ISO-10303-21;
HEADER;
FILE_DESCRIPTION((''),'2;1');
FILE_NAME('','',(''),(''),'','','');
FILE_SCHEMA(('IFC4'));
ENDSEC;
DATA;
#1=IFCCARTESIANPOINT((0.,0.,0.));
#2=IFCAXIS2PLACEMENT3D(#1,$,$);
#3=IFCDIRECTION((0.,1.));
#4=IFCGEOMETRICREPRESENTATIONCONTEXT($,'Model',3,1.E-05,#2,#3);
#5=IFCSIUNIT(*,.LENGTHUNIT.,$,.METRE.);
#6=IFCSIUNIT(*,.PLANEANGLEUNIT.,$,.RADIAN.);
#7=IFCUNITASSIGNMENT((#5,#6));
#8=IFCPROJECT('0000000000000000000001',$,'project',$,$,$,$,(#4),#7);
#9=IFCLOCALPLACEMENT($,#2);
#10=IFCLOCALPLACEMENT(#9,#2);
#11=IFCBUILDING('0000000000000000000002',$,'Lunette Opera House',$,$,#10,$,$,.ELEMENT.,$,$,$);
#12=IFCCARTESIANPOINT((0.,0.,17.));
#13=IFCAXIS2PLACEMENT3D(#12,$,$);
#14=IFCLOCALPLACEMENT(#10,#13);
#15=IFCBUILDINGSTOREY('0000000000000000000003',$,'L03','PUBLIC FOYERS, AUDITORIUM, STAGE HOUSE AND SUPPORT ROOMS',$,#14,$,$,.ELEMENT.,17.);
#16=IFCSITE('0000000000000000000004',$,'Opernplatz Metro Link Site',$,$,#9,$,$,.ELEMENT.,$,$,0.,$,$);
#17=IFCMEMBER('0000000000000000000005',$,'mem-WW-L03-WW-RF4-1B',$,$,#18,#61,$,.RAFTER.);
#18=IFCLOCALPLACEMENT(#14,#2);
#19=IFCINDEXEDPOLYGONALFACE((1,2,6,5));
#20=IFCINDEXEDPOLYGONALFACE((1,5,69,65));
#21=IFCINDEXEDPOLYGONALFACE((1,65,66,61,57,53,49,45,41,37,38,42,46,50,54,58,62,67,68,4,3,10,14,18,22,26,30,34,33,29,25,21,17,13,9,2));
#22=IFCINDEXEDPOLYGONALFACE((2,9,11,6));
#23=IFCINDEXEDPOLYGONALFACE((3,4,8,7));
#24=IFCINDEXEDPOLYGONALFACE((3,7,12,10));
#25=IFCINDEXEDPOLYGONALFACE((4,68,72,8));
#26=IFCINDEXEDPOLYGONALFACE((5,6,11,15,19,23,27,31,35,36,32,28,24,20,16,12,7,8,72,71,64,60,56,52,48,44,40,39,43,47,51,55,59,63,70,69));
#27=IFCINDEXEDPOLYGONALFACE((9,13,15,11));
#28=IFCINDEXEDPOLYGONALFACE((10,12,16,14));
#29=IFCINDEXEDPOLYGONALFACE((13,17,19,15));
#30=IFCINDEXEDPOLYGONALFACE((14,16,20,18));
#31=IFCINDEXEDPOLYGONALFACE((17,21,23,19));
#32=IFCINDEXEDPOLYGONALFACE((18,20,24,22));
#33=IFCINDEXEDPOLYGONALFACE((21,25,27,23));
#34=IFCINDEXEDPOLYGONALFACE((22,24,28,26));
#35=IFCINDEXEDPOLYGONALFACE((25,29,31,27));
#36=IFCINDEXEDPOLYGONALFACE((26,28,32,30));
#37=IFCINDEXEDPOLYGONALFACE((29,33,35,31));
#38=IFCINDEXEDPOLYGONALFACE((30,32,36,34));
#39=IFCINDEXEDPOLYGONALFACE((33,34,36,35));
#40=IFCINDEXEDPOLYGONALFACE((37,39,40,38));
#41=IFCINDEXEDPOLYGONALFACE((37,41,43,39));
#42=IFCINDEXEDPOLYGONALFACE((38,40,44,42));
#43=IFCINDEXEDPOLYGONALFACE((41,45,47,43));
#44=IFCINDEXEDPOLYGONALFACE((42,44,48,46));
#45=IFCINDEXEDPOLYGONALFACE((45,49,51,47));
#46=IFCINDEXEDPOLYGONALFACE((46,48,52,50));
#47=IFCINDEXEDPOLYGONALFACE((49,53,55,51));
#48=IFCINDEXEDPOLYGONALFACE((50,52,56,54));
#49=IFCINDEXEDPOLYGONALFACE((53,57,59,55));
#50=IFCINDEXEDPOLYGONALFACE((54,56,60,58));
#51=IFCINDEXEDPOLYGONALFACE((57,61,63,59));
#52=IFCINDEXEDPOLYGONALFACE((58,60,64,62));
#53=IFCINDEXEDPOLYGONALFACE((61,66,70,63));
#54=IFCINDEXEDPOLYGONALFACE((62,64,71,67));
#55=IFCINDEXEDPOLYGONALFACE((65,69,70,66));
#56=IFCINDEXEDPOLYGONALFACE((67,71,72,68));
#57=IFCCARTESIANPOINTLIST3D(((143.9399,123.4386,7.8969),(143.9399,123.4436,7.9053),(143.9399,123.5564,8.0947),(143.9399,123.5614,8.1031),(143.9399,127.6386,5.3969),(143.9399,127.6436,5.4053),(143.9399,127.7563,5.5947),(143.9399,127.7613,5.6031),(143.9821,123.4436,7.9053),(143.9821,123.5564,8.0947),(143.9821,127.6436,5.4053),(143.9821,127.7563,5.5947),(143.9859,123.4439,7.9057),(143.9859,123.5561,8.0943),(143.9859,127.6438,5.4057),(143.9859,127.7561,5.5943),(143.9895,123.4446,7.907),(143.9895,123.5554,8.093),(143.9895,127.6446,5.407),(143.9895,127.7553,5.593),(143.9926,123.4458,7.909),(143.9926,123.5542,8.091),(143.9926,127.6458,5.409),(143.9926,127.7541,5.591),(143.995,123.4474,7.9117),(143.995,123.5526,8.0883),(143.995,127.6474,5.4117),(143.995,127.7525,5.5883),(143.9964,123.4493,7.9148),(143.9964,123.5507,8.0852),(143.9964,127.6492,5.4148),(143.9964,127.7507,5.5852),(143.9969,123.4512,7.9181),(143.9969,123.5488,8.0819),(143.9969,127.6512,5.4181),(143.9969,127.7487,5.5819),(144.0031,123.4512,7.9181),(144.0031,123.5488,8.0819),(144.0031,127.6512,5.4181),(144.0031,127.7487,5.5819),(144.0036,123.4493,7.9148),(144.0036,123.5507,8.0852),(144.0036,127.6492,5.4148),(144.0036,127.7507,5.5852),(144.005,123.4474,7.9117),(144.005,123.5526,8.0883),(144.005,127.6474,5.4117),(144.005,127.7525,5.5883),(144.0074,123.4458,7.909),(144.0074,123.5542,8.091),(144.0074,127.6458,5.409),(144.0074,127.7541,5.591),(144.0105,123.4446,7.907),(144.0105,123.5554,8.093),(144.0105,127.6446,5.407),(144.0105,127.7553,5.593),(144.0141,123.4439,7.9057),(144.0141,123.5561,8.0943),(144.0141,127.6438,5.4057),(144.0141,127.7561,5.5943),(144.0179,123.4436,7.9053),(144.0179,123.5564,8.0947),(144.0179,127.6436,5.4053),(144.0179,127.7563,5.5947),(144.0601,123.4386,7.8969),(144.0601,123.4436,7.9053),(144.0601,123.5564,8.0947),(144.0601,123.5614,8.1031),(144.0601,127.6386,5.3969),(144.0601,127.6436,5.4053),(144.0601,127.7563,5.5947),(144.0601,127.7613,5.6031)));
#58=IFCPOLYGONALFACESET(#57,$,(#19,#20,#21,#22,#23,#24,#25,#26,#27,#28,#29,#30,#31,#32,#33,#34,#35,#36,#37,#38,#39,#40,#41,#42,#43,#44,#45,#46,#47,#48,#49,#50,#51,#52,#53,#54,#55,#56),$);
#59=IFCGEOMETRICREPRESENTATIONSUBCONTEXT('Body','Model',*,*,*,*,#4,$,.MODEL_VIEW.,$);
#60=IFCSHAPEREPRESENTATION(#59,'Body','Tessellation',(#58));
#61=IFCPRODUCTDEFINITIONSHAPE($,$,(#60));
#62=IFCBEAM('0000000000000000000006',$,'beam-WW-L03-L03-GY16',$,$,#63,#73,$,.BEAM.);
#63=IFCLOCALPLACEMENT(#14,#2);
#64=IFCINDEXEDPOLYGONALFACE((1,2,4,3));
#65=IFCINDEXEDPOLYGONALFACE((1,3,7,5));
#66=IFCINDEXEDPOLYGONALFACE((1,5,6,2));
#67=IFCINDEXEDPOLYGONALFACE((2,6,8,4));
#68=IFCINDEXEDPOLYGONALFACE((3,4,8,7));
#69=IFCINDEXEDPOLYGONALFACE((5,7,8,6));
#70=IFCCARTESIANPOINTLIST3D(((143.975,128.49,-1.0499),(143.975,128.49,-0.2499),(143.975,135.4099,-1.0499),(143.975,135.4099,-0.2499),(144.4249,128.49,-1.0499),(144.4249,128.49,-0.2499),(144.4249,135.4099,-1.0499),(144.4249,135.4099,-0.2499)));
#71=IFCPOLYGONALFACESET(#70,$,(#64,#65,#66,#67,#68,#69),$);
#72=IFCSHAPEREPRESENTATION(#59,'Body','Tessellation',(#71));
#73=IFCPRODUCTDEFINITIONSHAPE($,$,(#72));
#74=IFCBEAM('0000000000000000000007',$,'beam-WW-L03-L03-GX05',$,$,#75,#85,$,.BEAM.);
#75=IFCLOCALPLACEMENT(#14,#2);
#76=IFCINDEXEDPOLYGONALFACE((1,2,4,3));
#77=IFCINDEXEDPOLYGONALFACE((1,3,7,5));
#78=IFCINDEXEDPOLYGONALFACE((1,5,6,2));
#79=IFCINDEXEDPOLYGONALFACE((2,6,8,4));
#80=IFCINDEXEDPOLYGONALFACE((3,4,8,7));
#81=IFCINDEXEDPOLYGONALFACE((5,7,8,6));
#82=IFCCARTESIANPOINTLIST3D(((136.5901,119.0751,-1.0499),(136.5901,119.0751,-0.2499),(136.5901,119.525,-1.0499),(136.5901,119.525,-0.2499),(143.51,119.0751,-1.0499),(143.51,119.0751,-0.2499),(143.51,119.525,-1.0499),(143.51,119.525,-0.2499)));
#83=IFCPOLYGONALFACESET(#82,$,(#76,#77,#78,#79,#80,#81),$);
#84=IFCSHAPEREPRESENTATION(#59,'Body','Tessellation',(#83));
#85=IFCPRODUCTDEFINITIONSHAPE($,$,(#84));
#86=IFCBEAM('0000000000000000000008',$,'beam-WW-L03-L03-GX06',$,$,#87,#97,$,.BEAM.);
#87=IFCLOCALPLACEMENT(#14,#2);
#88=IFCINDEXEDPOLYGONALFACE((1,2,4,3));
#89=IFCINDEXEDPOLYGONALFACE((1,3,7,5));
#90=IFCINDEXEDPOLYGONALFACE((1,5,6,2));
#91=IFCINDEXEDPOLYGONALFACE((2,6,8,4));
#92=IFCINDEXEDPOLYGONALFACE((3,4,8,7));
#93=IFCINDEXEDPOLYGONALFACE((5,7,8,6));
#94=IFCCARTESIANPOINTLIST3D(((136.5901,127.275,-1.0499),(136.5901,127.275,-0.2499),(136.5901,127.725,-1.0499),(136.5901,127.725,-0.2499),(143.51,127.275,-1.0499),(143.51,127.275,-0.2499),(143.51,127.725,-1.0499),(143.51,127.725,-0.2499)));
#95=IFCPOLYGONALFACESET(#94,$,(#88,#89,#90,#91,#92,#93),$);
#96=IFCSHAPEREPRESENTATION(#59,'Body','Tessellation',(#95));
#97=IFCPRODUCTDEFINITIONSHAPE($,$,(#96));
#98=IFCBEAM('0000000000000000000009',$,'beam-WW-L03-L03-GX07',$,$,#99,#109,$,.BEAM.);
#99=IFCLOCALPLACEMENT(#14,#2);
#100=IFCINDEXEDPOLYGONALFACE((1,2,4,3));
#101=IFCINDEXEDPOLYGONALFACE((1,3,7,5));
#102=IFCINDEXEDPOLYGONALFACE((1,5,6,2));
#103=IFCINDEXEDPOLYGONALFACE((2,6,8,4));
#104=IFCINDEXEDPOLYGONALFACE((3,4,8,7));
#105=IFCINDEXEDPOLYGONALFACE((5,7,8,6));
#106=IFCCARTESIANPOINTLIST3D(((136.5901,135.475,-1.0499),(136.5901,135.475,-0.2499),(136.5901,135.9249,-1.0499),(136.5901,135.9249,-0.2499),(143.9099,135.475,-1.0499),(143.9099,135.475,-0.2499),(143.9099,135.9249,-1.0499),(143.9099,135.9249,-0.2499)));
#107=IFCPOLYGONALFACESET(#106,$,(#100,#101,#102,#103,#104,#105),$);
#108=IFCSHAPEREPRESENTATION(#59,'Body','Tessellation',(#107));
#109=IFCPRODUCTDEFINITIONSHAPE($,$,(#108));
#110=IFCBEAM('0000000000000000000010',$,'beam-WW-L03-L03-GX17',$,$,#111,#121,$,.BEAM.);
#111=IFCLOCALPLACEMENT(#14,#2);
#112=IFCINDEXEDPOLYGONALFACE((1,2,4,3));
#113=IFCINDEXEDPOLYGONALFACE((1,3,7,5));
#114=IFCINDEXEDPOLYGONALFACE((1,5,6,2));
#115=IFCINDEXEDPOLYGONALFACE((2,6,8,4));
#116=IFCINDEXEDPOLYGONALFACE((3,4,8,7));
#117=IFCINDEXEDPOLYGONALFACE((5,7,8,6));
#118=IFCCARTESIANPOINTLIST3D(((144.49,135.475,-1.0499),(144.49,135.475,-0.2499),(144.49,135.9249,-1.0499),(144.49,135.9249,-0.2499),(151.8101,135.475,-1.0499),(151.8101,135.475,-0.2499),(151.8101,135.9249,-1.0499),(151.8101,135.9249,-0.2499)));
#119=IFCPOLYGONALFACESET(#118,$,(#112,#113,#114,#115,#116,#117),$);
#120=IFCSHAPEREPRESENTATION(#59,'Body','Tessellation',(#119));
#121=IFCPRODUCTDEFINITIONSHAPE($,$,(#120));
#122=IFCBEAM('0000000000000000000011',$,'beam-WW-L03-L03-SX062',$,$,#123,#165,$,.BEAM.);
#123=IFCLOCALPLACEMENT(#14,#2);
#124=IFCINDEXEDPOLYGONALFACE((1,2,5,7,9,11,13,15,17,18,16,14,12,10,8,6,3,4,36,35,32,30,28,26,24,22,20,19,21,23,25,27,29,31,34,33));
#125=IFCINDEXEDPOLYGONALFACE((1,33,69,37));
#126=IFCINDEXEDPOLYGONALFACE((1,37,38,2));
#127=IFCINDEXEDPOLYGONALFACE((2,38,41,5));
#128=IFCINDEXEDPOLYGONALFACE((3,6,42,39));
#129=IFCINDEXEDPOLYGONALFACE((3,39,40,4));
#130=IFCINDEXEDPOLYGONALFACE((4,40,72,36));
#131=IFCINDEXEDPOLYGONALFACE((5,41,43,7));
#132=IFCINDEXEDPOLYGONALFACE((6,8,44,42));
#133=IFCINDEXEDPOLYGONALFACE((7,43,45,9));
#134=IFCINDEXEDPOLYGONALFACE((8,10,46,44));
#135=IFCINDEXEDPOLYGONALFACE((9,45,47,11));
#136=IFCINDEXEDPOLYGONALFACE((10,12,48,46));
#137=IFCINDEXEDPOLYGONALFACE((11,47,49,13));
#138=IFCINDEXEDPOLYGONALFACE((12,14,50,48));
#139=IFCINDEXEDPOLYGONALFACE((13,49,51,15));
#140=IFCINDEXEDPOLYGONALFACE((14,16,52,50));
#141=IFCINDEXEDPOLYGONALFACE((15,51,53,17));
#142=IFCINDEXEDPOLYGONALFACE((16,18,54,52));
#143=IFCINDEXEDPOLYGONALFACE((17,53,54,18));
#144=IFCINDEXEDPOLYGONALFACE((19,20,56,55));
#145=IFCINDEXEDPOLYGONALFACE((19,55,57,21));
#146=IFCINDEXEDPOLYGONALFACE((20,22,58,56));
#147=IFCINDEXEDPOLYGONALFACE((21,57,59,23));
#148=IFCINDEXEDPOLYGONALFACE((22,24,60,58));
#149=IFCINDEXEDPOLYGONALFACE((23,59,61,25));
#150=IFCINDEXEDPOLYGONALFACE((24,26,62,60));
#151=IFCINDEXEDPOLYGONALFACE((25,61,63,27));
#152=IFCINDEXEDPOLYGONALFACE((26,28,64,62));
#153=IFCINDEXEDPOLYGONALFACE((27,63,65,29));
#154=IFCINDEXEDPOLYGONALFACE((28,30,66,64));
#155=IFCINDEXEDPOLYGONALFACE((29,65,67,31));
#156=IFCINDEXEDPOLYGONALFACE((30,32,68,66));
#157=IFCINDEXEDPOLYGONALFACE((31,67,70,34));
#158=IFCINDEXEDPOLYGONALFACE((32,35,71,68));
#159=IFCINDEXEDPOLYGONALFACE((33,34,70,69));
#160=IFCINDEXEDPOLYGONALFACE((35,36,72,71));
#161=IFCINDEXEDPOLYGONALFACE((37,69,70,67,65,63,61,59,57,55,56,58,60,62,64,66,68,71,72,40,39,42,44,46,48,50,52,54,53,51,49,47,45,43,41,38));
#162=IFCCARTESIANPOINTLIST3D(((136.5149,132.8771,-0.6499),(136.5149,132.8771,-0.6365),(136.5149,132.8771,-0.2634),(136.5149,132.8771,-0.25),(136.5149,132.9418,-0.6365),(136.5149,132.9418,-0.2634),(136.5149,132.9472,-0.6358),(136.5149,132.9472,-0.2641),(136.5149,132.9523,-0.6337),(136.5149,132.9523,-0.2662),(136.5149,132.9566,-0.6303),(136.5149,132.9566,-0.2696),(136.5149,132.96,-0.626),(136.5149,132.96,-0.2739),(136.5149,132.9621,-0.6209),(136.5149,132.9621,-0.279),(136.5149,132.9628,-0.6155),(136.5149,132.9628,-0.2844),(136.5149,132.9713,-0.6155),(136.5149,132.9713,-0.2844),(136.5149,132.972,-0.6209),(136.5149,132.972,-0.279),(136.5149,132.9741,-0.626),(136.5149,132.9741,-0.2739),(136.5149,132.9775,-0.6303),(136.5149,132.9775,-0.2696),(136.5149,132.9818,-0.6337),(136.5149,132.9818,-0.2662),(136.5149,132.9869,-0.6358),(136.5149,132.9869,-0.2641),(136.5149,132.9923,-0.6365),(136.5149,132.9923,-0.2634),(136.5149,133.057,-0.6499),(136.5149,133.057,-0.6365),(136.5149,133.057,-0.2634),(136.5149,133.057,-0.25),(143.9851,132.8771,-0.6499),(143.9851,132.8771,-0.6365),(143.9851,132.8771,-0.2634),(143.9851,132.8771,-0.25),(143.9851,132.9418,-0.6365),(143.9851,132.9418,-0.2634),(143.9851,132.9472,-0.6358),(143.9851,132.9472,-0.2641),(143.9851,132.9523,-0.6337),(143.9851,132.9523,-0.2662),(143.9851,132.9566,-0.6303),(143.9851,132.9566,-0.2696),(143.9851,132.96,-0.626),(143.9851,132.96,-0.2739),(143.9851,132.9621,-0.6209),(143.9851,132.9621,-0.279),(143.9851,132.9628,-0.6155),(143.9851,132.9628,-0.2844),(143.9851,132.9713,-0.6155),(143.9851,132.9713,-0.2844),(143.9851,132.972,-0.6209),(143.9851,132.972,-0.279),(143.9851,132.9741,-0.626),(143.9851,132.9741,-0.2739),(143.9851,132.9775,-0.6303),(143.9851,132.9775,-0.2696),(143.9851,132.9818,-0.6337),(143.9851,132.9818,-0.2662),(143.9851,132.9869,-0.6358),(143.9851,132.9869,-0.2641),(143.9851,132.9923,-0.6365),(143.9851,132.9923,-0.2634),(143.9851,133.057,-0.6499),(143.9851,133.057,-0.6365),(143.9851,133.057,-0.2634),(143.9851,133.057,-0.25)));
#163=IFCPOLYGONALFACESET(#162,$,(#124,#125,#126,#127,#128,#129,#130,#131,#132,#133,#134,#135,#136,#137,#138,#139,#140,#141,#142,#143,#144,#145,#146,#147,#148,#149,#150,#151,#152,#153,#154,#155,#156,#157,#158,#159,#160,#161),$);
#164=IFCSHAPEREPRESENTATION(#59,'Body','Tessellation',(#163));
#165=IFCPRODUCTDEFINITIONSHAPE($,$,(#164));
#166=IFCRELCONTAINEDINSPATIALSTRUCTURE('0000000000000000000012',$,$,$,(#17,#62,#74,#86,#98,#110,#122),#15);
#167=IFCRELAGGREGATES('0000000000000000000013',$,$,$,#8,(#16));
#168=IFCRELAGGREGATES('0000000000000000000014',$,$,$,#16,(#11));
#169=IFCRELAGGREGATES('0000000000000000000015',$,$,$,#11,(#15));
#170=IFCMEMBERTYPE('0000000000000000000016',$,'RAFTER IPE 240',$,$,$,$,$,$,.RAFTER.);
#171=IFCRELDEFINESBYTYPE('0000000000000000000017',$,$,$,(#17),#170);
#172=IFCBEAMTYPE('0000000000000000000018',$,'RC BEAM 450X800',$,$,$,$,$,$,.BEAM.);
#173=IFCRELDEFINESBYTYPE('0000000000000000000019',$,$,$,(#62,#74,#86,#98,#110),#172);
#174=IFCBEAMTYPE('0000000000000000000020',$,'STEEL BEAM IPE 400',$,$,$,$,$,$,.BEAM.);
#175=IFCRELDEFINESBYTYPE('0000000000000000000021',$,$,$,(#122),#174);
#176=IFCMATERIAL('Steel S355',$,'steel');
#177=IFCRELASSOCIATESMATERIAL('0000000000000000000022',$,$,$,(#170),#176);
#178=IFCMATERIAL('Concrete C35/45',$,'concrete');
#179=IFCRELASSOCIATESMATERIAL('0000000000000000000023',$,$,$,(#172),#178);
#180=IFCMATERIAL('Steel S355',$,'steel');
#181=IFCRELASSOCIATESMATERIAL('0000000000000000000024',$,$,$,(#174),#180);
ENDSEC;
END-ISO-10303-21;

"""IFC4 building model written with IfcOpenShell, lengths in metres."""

from ifc_helpers import new_model, si_unit, direction, frame, origin, origin_2d, place, context, subcontext, project, spatial, rectangle, i_section, extrude, material, material_profile, profile_set, type_object, element, save


model = new_model("IFC4")

# Units and contexts
model_context = context("Model", 3, precision=1e-05, world=origin(), true_north=direction((0.0, 1.0)))
body_context = subcontext(model_context, "Body", "Model", "MODEL_VIEW")
ifc_project = project(units=[si_unit("LENGTHUNIT", "METRE"), si_unit("PLANEANGLEUNIT", "RADIAN")], contexts=[model_context])

# Site, building, storey
site_placement = place(None, origin())
site = spatial("IfcSite", under=ifc_project, at=site_placement, Name="Opernplatz Metro Link Site", CompositionType="ELEMENT", RefElevation=0.0)
building_placement = place(site_placement, origin())
building = spatial("IfcBuilding", under=site, at=building_placement, Name="Lunette Opera House", CompositionType="ELEMENT")
storey_placement = place(building_placement, frame((0.0, 0.0, 17.0)))
storey = spatial("IfcBuildingStorey", under=building, at=storey_placement, Name="L03", Description="PUBLIC FOYERS, AUDITORIUM, STAGE HOUSE AND SUPPORT ROOMS", CompositionType="ELEMENT", Elevation=17.0)

# Member
ifc_material_1 = material(Name="Steel S355", Category="steel")
ifc_material_profile_1 = material_profile(ifc_material_1, i_section(OverallWidth=0.1201, OverallDepth=0.24, WebThickness=0.0061, FlangeThickness=0.0098, FilletRadius=0.0149, at=origin_2d()), Name="IPE 240")
ifc_profile_set_1 = profile_set([ifc_material_profile_1], Name="Steel S355")
member_type_1 = type_object("IfcMemberType", Name="RAFTER IPE 240", PredefinedType="RAFTER", material=ifc_profile_set_1)
member_1_placement = place(storey_placement, frame((144.0, 123.5, 8.0), z_axis=(0.0, 0.85929, -0.511488), x_axis=(-1.0, 0.0, 0.0)))
element("IfcMember", 1, at=member_1_placement, inside=storey, type_object=member_type_1, Name="mem-WW-L03-WW-RF4-1B", PredefinedType="RAFTER", context=body_context, shape_type="SweptSolid", body=[
    extrude(i_section(OverallWidth=0.1201, OverallDepth=0.24, WebThickness=0.0061, FlangeThickness=0.0098, FilletRadius=0.0149, at=origin_2d()), origin(), (0.0, 0.0, 1.0), 4.8877),
])

# Beams
ifc_material_2 = material(Name="Concrete C35/45", Category="concrete")
ifc_material_profile_2 = material_profile(ifc_material_2, rectangle(XDim=0.45, YDim=0.8, at=origin_2d()), Name="RC BEAM 450X800")
ifc_profile_set_2 = profile_set([ifc_material_profile_2], Name="Concrete C35/45")
beam_type_1 = type_object("IfcBeamType", Name="RC BEAM 450X800", PredefinedType="BEAM", material=ifc_profile_set_2)
for number, where, z_axis, x_axis, name in (
    (2, (144.2, 128.49, -0.6499), (0.0, 1.0, 0.0), (-1.0, 0.0, 0.0), "beam-WW-L03-L03-GY16"),
    (3, (136.5901, 119.3, -0.6499), (1.0, 0.0, 0.0), (0.0, 1.0, 0.0), "beam-WW-L03-L03-GX05"),
    (4, (136.5901, 127.5, -0.6499), (1.0, 0.0, 0.0), (0.0, 1.0, 0.0), "beam-WW-L03-L03-GX06"),
):
    element("IfcBeam", number, at=place(storey_placement, frame(where, z_axis=z_axis, x_axis=x_axis)), inside=storey, type_object=beam_type_1, Name=name, PredefinedType="BEAM", context=body_context, shape_type="SweptSolid", body=[
        extrude(rectangle(XDim=0.45, YDim=0.8, at=origin_2d()), origin(), (0.0, 0.0, 1.0), 6.9199),
    ])
beam_1_placement = place(storey_placement, frame((136.5901, 135.7, -0.6499), z_axis=(1.0, 0.0, 0.0), x_axis=(0.0, 1.0, 0.0)))
element("IfcBeam", 5, at=beam_1_placement, inside=storey, type_object=beam_type_1, Name="beam-WW-L03-L03-GX07", PredefinedType="BEAM", context=body_context, shape_type="SweptSolid", body=[
    extrude(rectangle(XDim=0.45, YDim=0.8, at=origin_2d()), origin(), (0.0, 0.0, 1.0), 7.3198),
])
beam_2_placement = place(storey_placement, frame((144.49, 135.7, -0.6499), z_axis=(1.0, 0.0, 0.0), x_axis=(0.0, 1.0, 0.0)))
element("IfcBeam", 6, at=beam_2_placement, inside=storey, type_object=beam_type_1, Name="beam-WW-L03-L03-GX17", PredefinedType="BEAM", context=body_context, shape_type="SweptSolid", body=[
    extrude(rectangle(XDim=0.45, YDim=0.8, at=origin_2d()), origin(), (0.0, 0.0, 1.0), 7.3201),
])
ifc_material_3 = material(Name="Steel S355", Category="steel")
ifc_material_profile_3 = material_profile(ifc_material_3, i_section(OverallWidth=0.1799, OverallDepth=0.3999, WebThickness=0.0085, FlangeThickness=0.0134, FilletRadius=0.021, at=origin_2d()), Name="IPE 400")
ifc_profile_set_3 = profile_set([ifc_material_profile_3], Name="Steel S355")
beam_type_2 = type_object("IfcBeamType", Name="STEEL BEAM IPE 400", PredefinedType="BEAM", material=ifc_profile_set_3)
beam_3_placement = place(storey_placement, frame((136.5149, 132.967, -0.45), z_axis=(1.0, 0.0, 0.0), x_axis=(0.0, 1.0, 0.0)))
element("IfcBeam", 7, at=beam_3_placement, inside=storey, type_object=beam_type_2, Name="beam-WW-L03-L03-SX062", PredefinedType="BEAM", context=body_context, shape_type="SweptSolid", body=[
    extrude(i_section(OverallWidth=0.1799, OverallDepth=0.3999, WebThickness=0.0085, FlangeThickness=0.0134, FilletRadius=0.021, at=origin_2d()), origin(), (0.0, 0.0, 1.0), 7.4702),
])

save(model, "model.ifc")
